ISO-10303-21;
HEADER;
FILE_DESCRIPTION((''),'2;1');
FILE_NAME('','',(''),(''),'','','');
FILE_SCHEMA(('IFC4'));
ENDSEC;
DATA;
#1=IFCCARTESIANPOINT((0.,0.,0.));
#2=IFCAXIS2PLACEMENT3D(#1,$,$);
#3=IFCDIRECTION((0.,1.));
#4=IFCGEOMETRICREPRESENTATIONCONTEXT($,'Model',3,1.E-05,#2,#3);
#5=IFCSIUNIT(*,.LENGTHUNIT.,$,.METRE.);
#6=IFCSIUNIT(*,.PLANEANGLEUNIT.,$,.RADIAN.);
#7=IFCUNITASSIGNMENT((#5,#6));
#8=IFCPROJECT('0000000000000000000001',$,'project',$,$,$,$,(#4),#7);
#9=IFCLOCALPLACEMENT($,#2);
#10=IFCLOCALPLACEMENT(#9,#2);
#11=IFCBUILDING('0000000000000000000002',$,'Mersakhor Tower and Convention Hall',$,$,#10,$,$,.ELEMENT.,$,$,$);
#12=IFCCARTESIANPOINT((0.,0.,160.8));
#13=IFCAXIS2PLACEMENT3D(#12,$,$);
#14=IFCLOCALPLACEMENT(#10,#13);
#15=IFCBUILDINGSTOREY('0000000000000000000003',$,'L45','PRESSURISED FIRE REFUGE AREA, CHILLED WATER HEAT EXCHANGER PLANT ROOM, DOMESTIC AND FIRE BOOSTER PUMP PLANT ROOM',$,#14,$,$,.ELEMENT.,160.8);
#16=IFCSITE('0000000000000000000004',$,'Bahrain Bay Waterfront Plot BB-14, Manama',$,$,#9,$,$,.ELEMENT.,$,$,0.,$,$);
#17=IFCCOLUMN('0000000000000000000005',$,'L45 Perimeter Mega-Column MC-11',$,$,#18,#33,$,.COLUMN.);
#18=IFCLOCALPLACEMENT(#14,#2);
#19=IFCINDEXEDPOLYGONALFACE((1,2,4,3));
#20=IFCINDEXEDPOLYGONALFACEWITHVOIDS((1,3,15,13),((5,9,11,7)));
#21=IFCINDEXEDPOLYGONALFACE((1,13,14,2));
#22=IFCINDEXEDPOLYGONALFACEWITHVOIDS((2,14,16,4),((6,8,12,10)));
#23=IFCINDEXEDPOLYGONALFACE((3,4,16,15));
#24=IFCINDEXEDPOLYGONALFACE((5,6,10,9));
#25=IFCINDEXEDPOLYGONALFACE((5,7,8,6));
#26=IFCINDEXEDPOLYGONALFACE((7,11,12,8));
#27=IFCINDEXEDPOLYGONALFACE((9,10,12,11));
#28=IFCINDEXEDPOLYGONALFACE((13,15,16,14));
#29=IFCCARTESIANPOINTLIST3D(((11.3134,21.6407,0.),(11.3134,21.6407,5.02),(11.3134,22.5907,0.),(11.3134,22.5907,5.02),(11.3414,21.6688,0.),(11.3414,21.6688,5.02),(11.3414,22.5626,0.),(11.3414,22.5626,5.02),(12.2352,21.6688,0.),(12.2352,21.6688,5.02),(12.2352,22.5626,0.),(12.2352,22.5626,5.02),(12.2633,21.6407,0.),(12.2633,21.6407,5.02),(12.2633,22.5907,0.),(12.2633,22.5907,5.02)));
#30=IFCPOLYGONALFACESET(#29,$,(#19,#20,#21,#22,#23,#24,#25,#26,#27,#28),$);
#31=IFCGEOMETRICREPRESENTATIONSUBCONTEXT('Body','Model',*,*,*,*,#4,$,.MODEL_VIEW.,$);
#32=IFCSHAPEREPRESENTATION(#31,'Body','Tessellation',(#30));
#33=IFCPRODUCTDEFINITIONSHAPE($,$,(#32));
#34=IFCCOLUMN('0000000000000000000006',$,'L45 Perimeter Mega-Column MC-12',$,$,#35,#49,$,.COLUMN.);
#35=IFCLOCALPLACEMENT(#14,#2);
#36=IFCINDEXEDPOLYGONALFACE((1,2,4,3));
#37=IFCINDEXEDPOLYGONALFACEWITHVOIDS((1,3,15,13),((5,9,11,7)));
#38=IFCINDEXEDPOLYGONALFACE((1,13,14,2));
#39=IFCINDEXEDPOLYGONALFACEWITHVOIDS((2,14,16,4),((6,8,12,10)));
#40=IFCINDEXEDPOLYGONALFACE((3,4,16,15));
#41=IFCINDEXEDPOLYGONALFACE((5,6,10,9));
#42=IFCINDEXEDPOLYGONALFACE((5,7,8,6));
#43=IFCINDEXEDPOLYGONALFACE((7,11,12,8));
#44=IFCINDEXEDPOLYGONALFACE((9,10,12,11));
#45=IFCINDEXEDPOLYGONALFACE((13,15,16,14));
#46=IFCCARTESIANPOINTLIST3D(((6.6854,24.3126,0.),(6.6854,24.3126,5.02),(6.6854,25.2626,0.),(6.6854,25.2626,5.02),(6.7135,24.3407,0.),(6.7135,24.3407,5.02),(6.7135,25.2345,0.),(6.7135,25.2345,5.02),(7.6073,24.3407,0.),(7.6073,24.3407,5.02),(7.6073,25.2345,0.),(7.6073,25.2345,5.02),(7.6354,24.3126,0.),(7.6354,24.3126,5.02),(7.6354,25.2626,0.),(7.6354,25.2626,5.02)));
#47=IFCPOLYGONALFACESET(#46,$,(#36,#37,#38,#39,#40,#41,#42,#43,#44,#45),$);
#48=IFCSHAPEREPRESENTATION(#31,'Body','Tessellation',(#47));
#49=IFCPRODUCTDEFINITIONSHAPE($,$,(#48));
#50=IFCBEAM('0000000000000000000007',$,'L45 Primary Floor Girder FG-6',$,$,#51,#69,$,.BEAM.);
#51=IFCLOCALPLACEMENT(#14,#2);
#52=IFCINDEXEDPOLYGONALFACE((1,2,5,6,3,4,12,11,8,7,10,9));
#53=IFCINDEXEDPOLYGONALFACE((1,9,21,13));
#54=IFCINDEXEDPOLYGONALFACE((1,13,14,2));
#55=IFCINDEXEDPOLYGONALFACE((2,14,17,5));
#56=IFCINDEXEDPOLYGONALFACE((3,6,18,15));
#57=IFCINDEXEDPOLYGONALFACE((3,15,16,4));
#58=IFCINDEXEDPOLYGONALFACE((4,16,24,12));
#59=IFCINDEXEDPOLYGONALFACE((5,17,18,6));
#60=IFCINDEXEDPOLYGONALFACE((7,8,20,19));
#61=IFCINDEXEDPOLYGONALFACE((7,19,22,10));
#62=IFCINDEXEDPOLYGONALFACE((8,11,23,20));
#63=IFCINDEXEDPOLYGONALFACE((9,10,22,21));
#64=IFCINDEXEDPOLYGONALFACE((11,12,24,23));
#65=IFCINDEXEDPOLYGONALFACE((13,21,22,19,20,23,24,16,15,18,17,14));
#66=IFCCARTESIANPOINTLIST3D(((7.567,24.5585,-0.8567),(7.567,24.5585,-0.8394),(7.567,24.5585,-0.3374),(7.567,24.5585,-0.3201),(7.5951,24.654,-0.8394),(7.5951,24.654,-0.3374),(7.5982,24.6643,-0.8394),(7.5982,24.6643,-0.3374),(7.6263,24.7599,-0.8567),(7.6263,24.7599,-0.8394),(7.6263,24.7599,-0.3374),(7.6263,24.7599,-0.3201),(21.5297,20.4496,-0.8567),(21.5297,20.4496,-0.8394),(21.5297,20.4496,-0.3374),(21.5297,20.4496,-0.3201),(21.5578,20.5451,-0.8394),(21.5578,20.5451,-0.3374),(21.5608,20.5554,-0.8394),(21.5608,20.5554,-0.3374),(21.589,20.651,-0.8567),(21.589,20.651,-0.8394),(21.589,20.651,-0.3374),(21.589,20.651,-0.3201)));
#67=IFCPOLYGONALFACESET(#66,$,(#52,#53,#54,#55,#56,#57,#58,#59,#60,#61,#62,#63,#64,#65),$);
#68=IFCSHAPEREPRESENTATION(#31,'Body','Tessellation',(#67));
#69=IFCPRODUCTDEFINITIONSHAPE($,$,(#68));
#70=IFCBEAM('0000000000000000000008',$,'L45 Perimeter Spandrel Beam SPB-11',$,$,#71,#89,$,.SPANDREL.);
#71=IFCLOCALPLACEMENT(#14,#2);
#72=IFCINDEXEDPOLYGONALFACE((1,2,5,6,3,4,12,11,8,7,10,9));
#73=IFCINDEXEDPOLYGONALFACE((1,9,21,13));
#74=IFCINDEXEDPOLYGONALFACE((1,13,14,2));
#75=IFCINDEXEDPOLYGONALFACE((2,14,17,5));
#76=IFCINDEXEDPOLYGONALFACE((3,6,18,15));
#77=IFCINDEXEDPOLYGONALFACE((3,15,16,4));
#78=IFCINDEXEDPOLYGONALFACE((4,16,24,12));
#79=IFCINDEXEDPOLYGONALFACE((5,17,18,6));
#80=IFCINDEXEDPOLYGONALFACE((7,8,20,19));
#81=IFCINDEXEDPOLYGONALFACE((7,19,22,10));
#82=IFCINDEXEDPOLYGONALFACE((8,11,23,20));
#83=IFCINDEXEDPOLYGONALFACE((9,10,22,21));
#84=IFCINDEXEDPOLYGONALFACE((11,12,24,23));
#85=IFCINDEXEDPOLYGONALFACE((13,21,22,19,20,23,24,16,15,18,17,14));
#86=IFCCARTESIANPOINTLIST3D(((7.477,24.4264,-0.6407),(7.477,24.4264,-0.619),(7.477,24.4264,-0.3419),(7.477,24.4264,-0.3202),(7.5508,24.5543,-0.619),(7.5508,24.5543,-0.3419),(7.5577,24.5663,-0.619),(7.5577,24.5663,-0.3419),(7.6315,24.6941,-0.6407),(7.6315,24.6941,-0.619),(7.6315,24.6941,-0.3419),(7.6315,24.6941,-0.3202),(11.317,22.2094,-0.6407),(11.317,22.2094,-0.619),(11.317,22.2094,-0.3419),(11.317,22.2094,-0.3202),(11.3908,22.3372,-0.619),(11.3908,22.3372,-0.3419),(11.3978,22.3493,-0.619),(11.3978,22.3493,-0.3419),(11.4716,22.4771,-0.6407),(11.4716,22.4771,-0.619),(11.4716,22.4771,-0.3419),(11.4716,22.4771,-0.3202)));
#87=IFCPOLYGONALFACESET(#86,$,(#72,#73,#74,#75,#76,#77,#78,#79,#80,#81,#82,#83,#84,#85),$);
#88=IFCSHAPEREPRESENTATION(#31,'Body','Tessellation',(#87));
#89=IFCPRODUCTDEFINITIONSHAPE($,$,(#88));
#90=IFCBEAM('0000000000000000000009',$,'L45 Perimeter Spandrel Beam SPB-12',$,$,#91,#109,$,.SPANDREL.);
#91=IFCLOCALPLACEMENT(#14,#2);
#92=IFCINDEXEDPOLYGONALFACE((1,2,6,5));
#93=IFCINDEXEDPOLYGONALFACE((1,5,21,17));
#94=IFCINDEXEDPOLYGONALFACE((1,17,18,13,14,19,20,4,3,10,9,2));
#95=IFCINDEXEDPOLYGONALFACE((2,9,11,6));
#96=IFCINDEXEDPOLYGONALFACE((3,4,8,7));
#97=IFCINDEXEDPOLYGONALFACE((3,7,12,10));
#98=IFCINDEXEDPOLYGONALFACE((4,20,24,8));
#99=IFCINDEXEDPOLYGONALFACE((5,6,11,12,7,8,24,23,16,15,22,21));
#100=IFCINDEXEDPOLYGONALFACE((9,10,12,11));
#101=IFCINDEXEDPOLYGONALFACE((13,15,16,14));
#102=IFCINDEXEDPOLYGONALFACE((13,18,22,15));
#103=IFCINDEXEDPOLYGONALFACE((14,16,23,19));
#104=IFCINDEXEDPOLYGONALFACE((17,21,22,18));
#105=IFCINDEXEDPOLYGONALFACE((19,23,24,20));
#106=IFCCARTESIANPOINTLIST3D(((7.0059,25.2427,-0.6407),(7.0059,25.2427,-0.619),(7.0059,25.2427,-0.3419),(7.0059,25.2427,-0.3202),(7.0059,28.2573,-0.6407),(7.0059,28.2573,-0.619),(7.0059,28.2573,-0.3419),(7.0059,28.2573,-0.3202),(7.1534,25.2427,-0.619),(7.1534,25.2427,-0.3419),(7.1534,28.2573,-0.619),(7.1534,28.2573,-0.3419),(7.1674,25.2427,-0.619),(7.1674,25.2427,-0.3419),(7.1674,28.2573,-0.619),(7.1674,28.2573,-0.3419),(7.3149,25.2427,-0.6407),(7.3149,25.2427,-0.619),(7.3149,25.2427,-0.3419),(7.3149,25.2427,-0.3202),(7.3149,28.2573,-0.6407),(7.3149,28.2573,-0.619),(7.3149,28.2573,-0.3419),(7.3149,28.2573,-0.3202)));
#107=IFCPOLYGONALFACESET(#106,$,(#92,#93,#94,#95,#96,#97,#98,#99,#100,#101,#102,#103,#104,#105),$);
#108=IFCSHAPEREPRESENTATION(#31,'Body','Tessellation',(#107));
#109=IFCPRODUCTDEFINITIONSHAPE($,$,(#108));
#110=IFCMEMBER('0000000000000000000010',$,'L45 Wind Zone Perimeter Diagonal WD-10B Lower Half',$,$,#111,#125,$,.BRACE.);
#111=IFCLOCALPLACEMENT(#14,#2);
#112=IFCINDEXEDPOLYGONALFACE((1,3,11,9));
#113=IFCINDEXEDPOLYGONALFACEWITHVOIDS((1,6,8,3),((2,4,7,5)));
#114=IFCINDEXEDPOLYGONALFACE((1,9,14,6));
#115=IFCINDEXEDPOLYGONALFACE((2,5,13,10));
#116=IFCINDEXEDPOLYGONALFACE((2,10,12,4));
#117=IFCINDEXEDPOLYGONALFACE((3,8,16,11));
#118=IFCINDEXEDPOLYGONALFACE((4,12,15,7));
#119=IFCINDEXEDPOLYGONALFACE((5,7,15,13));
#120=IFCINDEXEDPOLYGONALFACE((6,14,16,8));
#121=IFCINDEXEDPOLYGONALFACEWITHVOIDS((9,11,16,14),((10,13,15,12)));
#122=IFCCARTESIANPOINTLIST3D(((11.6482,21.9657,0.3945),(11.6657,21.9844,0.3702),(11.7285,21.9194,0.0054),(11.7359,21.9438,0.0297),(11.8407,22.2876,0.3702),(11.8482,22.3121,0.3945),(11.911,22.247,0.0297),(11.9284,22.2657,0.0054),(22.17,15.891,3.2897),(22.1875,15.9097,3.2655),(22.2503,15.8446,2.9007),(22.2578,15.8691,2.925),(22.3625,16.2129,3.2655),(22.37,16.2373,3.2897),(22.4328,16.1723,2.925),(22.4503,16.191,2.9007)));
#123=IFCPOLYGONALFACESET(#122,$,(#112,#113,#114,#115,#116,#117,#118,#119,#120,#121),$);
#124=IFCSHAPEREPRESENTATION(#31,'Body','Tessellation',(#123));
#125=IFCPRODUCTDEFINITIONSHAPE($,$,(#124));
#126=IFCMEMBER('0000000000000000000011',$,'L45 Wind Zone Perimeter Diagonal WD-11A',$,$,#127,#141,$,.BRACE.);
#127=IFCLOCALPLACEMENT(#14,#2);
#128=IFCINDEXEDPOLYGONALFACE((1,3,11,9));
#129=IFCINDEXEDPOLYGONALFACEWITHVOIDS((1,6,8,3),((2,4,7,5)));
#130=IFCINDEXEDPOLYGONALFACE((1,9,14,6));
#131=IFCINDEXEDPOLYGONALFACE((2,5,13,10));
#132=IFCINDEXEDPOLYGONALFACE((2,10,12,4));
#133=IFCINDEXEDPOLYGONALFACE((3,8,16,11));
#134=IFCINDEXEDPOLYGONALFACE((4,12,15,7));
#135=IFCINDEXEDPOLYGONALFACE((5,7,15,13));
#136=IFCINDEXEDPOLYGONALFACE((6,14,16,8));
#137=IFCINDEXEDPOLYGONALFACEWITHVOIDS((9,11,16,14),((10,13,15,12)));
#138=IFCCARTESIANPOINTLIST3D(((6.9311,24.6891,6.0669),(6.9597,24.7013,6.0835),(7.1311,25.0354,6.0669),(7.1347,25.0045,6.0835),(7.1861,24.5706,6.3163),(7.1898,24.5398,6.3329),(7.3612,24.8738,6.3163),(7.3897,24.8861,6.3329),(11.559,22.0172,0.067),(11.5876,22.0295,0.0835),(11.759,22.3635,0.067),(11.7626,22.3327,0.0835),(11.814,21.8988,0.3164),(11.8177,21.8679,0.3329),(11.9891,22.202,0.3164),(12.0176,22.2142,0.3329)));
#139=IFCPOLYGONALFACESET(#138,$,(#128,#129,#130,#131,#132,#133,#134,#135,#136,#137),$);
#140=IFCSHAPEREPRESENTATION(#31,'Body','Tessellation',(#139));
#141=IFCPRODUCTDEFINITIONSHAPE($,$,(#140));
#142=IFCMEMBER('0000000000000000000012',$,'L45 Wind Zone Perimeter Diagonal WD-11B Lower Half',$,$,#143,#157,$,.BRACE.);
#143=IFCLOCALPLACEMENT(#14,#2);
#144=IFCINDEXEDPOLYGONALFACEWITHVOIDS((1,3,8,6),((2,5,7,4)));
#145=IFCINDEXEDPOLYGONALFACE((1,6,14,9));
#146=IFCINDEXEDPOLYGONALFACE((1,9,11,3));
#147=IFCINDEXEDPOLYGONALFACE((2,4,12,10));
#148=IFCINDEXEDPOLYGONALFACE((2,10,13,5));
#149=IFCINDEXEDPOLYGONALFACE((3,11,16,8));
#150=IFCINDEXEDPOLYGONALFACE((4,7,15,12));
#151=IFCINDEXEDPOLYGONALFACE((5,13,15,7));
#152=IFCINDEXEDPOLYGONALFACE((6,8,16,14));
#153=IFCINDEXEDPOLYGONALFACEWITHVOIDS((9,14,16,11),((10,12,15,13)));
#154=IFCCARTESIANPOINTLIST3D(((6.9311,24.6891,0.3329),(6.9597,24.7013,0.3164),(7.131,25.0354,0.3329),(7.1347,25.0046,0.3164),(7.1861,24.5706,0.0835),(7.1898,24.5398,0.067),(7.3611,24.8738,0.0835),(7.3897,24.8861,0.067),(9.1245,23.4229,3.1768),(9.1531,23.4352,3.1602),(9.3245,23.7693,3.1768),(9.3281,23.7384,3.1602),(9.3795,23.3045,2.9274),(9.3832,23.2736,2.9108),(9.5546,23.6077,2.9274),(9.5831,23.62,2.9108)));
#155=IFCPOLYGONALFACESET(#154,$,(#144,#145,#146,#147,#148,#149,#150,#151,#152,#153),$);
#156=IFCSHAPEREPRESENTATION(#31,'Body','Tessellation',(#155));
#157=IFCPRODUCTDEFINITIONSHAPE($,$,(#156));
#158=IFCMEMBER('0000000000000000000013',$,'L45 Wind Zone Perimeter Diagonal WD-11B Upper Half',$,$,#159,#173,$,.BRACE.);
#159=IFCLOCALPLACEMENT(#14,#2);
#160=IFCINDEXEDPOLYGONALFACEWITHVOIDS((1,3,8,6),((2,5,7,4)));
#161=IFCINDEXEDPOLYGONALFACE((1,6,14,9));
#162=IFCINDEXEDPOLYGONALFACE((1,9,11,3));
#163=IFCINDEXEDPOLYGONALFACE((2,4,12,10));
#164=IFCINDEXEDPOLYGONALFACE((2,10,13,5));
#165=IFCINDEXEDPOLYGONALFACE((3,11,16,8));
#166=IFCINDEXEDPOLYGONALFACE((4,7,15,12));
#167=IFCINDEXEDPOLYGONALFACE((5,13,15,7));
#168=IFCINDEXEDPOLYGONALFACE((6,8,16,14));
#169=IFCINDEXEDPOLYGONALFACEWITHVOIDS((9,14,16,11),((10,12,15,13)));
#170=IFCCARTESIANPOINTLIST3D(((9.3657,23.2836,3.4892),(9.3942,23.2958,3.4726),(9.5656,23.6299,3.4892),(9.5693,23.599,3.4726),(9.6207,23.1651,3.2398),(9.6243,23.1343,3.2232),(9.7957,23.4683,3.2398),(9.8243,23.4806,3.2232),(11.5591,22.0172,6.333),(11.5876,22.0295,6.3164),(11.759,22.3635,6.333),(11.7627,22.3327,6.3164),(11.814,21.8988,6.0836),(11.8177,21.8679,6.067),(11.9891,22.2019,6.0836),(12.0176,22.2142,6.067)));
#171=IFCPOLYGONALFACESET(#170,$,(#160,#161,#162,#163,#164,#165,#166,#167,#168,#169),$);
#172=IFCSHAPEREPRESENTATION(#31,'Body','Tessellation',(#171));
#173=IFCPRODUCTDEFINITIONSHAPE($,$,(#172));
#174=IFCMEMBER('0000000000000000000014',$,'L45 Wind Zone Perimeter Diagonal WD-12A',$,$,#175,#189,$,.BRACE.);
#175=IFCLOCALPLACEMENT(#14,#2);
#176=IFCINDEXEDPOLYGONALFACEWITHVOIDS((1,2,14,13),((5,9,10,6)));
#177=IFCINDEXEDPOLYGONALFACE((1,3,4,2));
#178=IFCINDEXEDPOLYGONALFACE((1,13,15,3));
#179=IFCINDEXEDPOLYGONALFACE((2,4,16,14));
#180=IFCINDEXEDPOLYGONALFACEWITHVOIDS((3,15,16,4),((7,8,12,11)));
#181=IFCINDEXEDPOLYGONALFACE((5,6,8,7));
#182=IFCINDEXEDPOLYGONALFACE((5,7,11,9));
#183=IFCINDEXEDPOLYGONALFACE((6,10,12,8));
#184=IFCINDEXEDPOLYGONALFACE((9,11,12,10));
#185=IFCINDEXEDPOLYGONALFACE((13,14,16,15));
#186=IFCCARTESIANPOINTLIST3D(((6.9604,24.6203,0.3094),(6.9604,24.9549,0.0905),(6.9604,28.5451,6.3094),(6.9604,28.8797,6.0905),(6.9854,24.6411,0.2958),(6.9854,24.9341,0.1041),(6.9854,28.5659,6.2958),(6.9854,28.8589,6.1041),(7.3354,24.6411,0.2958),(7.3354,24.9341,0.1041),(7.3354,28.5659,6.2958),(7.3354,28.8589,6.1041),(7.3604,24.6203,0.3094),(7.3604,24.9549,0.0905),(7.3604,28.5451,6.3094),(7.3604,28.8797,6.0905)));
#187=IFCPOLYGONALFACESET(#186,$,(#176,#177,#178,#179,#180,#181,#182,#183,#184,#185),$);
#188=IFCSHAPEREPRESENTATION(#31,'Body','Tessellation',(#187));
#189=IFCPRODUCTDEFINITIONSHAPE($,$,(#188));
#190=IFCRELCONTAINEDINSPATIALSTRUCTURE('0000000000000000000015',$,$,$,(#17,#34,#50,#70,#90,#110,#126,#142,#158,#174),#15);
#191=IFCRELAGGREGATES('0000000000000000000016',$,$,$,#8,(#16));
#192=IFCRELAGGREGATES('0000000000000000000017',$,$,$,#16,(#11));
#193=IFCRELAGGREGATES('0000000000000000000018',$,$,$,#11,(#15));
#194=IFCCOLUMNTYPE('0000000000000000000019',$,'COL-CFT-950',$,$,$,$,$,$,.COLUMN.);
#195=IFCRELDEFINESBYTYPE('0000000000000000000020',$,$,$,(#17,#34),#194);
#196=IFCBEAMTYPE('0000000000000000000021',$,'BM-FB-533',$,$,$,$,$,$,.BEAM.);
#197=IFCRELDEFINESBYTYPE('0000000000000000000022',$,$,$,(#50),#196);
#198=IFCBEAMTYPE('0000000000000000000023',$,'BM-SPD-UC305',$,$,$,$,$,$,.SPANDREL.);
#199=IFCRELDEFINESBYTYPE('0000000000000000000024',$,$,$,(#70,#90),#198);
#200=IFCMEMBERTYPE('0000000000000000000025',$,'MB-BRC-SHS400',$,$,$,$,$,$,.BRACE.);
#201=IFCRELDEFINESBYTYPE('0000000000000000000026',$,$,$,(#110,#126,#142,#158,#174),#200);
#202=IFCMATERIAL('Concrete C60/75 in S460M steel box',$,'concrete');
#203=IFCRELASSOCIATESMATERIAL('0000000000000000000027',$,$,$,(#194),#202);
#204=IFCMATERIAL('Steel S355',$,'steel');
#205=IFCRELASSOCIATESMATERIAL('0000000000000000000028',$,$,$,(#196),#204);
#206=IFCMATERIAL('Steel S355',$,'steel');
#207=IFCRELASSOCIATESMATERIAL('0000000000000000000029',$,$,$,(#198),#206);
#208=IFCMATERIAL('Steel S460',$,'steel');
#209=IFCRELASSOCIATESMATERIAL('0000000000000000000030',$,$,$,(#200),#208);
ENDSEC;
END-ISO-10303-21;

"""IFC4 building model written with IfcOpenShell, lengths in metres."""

from ifc_helpers import new_model, si_unit, direction, frame, origin, origin_2d, place, context, subcontext, project, spatial, hollow_rectangle, i_section, extrude, material, material_profile, profile_set, type_object, element, save


model = new_model("IFC4")

# Units and contexts
model_context = context("Model", 3, precision=1e-05, world=origin(), true_north=direction((0.0, 1.0)))
body_context = subcontext(model_context, "Body", "Model", "MODEL_VIEW")
ifc_project = project(units=[si_unit("LENGTHUNIT", "METRE"), si_unit("PLANEANGLEUNIT", "RADIAN")], contexts=[model_context])

# Site, building, storey
site_placement = place(None, origin())
site = spatial("IfcSite", under=ifc_project, at=site_placement, Name="Bahrain Bay Waterfront Plot BB-14, Manama", CompositionType="ELEMENT", RefElevation=0.0)
building_placement = place(site_placement, origin())
building = spatial("IfcBuilding", under=site, at=building_placement, Name="Mersakhor Tower and Convention Hall", CompositionType="ELEMENT")
storey_placement = place(building_placement, frame((0.0, 0.0, 160.8)))
storey = spatial("IfcBuildingStorey", under=building, at=storey_placement, Name="L45", Description="PRESSURISED FIRE REFUGE AREA, CHILLED WATER HEAT EXCHANGER PLANT ROOM, DOMESTIC AND FIRE BOOSTER PUMP PLANT ROOM", CompositionType="ELEMENT", Elevation=160.8)

# Columns
ifc_material_1 = material(Name="Concrete C60/75 in S460M steel box", Category="concrete")
ifc_material_profile_1 = material_profile(ifc_material_1, hollow_rectangle(XDim=0.95, YDim=0.95, WallThickness=0.0281, at=origin_2d()), Name="SHS 950x950x28")
ifc_profile_set_1 = profile_set([ifc_material_profile_1], Name="Concrete C60/75 in S460M steel box")
column_type = type_object("IfcColumnType", Name="COL-CFT-950", PredefinedType="COLUMN", material=ifc_profile_set_1)
for number, where, z_axis, x_axis, name in (
    (1, (11.7883, 22.1157, 0.0), (0.0, 0.0, 1.0), (1.0, 0.0, 0.0), "L45 Perimeter Mega-Column MC-11"),
    (2, (7.1604, 24.7876, 0.0), (0.0, 0.0, 1.0), (1.0, 0.0, 0.0), "L45 Perimeter Mega-Column MC-12"),
):
    element("IfcColumn", number, at=place(storey_placement, frame(where, z_axis=z_axis, x_axis=x_axis)), inside=storey, type_object=column_type, Name=name, PredefinedType="COLUMN", context=body_context, shape_type="SweptSolid", body=[
        extrude(hollow_rectangle(XDim=0.95, YDim=0.95, WallThickness=0.0281, at=origin_2d()), origin(), (0.0, 0.0, 1.0), 5.02),
    ])

# Beams
ifc_material_2 = material(Name="Steel S355", Category="steel")
ifc_material_profile_2 = material_profile(ifc_material_2, i_section(OverallWidth=0.21, OverallDepth=0.5366, WebThickness=0.0107, FlangeThickness=0.0173, at=origin_2d()), Name="UB 533x210x101")
ifc_profile_set_2 = profile_set([ifc_material_profile_2], Name="Steel S355")
beam_type_1 = type_object("IfcBeamType", Name="BM-FB-533", PredefinedType="BEAM", material=ifc_profile_set_2)
beam_1_placement = place(storey_placement, frame((21.5593, 20.5503, -0.5884), z_axis=(-0.959324, 0.282307, 0.0), x_axis=(-0.282307, -0.959324, 0.0)))
element("IfcBeam", 3, at=beam_1_placement, inside=storey, type_object=beam_type_1, Name="L45 Primary Floor Girder FG-6", PredefinedType="BEAM", context=body_context, shape_type="SweptSolid", body=[
    extrude(i_section(OverallWidth=0.21, OverallDepth=0.5366, WebThickness=0.0107, FlangeThickness=0.0173, at=origin_2d()), origin(), (0.0, 0.0, 1.0), 14.5547),
])
ifc_material_3 = material(Name="Steel S355", Category="steel")
ifc_material_profile_3 = material_profile(ifc_material_3, i_section(OverallWidth=0.3091, OverallDepth=0.3206, WebThickness=0.0139, FlangeThickness=0.0217, at=origin_2d()), Name="UC 305x305x137")
ifc_profile_set_3 = profile_set([ifc_material_profile_3], Name="Steel S355")
beam_type_2 = type_object("IfcBeamType", Name="BM-SPD-UC305", PredefinedType="SPANDREL", material=ifc_profile_set_3)
beam_2_placement = place(storey_placement, frame((11.3943, 22.3433, -0.4805), z_axis=(-0.866029, 0.499994, 0.0), x_axis=(-0.499994, -0.866029, 0.0)))
element("IfcBeam", 4, at=beam_2_placement, inside=storey, type_object=beam_type_2, Name="L45 Perimeter Spandrel Beam SPB-11", PredefinedType="SPANDREL", context=body_context, shape_type="SweptSolid", body=[
    extrude(i_section(OverallWidth=0.3091, OverallDepth=0.3206, WebThickness=0.0139, FlangeThickness=0.0217, at=origin_2d()), origin(), (0.0, 0.0, 1.0), 4.4341),
])
beam_3_placement = place(storey_placement, frame((7.1604, 25.2427, -0.4805), z_axis=(0.0, 1.0, 0.0), x_axis=(-1.0, 0.0, 0.0)))
element("IfcBeam", 5, at=beam_3_placement, inside=storey, type_object=beam_type_2, Name="L45 Perimeter Spandrel Beam SPB-12", PredefinedType="SPANDREL", context=body_context, shape_type="SweptSolid", body=[
    extrude(i_section(OverallWidth=0.3091, OverallDepth=0.3206, WebThickness=0.0139, FlangeThickness=0.0217, at=origin_2d()), origin(), (0.0, 0.0, 1.0), 3.0146),
])

# Members
ifc_material_4 = material(Name="Steel S460", Category="steel")
ifc_material_profile_4 = material_profile(ifc_material_4, hollow_rectangle(XDim=0.3999, YDim=0.3999, WallThickness=0.0249, at=origin_2d()), Name="SHS 400x400x25")
ifc_profile_set_4 = profile_set([ifc_material_profile_4], Name="Steel S460")
member_type = type_object("IfcMemberType", Name="MB-BRC-SHS400", PredefinedType="BRACE", material=ifc_profile_set_4)
member_1_placement = place(storey_placement, frame((11.7883, 22.1157, 0.2), z_axis=(0.842436, -0.486379, 0.231813), x_axis=(0.499999, 0.866026, 0.0)))
element("IfcMember", 6, at=member_1_placement, inside=storey, type_object=member_type, Name="L45 Wind Zone Perimeter Diagonal WD-10B Lower Half", PredefinedType="BRACE", context=body_context, shape_type="SweptSolid", body=[
    extrude(hollow_rectangle(XDim=0.3999, YDim=0.3999, WallThickness=0.0249, at=origin_2d()), origin(), (0.0, 0.0, 1.0), 12.4897),
])
member_2_placement = place(storey_placement, frame((11.7883, 22.1157, 0.2), z_axis=(-0.575992, 0.332541, 0.74676), x_axis=(-0.499991, -0.86603, 0.0)))
element("IfcMember", 7, at=member_2_placement, inside=storey, type_object=member_type, Name="L45 Wind Zone Perimeter Diagonal WD-11A", PredefinedType="BRACE", context=body_context, shape_type="SweptSolid", body=[
    extrude(hollow_rectangle(XDim=0.3999, YDim=0.3999, WallThickness=0.0249, at=origin_2d()), origin(), (0.0, 0.0, 1.0), 8.0347),
])
for number, where, z_axis, x_axis, name in (
    (8, (7.1604, 24.7876, 0.2), (0.575989, -0.332489, 0.746785), (0.499934, 0.866064, 0.0), "L45 Wind Zone Perimeter Diagonal WD-11B Lower Half"),
    (9, (9.595, 23.3821, 3.3562), (0.575977, -0.332546, 0.746769), (0.500006, 0.866022, 0.0), "L45 Wind Zone Perimeter Diagonal WD-11B Upper Half"),
):
    element("IfcMember", number, at=place(storey_placement, frame(where, z_axis=z_axis, x_axis=x_axis)), inside=storey, type_object=member_type, Name=name, PredefinedType="BRACE", context=body_context, shape_type="SweptSolid", body=[
        extrude(hollow_rectangle(XDim=0.3999, YDim=0.3999, WallThickness=0.0249, at=origin_2d()), origin(), (0.0, 0.0, 1.0), 3.8081),
    ])
member_3_placement = place(storey_placement, frame((7.1604, 24.7876, 0.2), z_axis=(0.0, 0.547418, 0.836859), x_axis=(-1.0, 0.0, 0.0)))
element("IfcMember", 10, at=member_3_placement, inside=storey, type_object=member_type, Name="L45 Wind Zone Perimeter Diagonal WD-12A", PredefinedType="BRACE", context=body_context, shape_type="SweptSolid", body=[
    extrude(hollow_rectangle(XDim=0.3999, YDim=0.3999, WallThickness=0.0249, at=origin_2d()), origin(), (0.0, 0.0, 1.0), 7.1697),
])

save(model, "model.ifc")
